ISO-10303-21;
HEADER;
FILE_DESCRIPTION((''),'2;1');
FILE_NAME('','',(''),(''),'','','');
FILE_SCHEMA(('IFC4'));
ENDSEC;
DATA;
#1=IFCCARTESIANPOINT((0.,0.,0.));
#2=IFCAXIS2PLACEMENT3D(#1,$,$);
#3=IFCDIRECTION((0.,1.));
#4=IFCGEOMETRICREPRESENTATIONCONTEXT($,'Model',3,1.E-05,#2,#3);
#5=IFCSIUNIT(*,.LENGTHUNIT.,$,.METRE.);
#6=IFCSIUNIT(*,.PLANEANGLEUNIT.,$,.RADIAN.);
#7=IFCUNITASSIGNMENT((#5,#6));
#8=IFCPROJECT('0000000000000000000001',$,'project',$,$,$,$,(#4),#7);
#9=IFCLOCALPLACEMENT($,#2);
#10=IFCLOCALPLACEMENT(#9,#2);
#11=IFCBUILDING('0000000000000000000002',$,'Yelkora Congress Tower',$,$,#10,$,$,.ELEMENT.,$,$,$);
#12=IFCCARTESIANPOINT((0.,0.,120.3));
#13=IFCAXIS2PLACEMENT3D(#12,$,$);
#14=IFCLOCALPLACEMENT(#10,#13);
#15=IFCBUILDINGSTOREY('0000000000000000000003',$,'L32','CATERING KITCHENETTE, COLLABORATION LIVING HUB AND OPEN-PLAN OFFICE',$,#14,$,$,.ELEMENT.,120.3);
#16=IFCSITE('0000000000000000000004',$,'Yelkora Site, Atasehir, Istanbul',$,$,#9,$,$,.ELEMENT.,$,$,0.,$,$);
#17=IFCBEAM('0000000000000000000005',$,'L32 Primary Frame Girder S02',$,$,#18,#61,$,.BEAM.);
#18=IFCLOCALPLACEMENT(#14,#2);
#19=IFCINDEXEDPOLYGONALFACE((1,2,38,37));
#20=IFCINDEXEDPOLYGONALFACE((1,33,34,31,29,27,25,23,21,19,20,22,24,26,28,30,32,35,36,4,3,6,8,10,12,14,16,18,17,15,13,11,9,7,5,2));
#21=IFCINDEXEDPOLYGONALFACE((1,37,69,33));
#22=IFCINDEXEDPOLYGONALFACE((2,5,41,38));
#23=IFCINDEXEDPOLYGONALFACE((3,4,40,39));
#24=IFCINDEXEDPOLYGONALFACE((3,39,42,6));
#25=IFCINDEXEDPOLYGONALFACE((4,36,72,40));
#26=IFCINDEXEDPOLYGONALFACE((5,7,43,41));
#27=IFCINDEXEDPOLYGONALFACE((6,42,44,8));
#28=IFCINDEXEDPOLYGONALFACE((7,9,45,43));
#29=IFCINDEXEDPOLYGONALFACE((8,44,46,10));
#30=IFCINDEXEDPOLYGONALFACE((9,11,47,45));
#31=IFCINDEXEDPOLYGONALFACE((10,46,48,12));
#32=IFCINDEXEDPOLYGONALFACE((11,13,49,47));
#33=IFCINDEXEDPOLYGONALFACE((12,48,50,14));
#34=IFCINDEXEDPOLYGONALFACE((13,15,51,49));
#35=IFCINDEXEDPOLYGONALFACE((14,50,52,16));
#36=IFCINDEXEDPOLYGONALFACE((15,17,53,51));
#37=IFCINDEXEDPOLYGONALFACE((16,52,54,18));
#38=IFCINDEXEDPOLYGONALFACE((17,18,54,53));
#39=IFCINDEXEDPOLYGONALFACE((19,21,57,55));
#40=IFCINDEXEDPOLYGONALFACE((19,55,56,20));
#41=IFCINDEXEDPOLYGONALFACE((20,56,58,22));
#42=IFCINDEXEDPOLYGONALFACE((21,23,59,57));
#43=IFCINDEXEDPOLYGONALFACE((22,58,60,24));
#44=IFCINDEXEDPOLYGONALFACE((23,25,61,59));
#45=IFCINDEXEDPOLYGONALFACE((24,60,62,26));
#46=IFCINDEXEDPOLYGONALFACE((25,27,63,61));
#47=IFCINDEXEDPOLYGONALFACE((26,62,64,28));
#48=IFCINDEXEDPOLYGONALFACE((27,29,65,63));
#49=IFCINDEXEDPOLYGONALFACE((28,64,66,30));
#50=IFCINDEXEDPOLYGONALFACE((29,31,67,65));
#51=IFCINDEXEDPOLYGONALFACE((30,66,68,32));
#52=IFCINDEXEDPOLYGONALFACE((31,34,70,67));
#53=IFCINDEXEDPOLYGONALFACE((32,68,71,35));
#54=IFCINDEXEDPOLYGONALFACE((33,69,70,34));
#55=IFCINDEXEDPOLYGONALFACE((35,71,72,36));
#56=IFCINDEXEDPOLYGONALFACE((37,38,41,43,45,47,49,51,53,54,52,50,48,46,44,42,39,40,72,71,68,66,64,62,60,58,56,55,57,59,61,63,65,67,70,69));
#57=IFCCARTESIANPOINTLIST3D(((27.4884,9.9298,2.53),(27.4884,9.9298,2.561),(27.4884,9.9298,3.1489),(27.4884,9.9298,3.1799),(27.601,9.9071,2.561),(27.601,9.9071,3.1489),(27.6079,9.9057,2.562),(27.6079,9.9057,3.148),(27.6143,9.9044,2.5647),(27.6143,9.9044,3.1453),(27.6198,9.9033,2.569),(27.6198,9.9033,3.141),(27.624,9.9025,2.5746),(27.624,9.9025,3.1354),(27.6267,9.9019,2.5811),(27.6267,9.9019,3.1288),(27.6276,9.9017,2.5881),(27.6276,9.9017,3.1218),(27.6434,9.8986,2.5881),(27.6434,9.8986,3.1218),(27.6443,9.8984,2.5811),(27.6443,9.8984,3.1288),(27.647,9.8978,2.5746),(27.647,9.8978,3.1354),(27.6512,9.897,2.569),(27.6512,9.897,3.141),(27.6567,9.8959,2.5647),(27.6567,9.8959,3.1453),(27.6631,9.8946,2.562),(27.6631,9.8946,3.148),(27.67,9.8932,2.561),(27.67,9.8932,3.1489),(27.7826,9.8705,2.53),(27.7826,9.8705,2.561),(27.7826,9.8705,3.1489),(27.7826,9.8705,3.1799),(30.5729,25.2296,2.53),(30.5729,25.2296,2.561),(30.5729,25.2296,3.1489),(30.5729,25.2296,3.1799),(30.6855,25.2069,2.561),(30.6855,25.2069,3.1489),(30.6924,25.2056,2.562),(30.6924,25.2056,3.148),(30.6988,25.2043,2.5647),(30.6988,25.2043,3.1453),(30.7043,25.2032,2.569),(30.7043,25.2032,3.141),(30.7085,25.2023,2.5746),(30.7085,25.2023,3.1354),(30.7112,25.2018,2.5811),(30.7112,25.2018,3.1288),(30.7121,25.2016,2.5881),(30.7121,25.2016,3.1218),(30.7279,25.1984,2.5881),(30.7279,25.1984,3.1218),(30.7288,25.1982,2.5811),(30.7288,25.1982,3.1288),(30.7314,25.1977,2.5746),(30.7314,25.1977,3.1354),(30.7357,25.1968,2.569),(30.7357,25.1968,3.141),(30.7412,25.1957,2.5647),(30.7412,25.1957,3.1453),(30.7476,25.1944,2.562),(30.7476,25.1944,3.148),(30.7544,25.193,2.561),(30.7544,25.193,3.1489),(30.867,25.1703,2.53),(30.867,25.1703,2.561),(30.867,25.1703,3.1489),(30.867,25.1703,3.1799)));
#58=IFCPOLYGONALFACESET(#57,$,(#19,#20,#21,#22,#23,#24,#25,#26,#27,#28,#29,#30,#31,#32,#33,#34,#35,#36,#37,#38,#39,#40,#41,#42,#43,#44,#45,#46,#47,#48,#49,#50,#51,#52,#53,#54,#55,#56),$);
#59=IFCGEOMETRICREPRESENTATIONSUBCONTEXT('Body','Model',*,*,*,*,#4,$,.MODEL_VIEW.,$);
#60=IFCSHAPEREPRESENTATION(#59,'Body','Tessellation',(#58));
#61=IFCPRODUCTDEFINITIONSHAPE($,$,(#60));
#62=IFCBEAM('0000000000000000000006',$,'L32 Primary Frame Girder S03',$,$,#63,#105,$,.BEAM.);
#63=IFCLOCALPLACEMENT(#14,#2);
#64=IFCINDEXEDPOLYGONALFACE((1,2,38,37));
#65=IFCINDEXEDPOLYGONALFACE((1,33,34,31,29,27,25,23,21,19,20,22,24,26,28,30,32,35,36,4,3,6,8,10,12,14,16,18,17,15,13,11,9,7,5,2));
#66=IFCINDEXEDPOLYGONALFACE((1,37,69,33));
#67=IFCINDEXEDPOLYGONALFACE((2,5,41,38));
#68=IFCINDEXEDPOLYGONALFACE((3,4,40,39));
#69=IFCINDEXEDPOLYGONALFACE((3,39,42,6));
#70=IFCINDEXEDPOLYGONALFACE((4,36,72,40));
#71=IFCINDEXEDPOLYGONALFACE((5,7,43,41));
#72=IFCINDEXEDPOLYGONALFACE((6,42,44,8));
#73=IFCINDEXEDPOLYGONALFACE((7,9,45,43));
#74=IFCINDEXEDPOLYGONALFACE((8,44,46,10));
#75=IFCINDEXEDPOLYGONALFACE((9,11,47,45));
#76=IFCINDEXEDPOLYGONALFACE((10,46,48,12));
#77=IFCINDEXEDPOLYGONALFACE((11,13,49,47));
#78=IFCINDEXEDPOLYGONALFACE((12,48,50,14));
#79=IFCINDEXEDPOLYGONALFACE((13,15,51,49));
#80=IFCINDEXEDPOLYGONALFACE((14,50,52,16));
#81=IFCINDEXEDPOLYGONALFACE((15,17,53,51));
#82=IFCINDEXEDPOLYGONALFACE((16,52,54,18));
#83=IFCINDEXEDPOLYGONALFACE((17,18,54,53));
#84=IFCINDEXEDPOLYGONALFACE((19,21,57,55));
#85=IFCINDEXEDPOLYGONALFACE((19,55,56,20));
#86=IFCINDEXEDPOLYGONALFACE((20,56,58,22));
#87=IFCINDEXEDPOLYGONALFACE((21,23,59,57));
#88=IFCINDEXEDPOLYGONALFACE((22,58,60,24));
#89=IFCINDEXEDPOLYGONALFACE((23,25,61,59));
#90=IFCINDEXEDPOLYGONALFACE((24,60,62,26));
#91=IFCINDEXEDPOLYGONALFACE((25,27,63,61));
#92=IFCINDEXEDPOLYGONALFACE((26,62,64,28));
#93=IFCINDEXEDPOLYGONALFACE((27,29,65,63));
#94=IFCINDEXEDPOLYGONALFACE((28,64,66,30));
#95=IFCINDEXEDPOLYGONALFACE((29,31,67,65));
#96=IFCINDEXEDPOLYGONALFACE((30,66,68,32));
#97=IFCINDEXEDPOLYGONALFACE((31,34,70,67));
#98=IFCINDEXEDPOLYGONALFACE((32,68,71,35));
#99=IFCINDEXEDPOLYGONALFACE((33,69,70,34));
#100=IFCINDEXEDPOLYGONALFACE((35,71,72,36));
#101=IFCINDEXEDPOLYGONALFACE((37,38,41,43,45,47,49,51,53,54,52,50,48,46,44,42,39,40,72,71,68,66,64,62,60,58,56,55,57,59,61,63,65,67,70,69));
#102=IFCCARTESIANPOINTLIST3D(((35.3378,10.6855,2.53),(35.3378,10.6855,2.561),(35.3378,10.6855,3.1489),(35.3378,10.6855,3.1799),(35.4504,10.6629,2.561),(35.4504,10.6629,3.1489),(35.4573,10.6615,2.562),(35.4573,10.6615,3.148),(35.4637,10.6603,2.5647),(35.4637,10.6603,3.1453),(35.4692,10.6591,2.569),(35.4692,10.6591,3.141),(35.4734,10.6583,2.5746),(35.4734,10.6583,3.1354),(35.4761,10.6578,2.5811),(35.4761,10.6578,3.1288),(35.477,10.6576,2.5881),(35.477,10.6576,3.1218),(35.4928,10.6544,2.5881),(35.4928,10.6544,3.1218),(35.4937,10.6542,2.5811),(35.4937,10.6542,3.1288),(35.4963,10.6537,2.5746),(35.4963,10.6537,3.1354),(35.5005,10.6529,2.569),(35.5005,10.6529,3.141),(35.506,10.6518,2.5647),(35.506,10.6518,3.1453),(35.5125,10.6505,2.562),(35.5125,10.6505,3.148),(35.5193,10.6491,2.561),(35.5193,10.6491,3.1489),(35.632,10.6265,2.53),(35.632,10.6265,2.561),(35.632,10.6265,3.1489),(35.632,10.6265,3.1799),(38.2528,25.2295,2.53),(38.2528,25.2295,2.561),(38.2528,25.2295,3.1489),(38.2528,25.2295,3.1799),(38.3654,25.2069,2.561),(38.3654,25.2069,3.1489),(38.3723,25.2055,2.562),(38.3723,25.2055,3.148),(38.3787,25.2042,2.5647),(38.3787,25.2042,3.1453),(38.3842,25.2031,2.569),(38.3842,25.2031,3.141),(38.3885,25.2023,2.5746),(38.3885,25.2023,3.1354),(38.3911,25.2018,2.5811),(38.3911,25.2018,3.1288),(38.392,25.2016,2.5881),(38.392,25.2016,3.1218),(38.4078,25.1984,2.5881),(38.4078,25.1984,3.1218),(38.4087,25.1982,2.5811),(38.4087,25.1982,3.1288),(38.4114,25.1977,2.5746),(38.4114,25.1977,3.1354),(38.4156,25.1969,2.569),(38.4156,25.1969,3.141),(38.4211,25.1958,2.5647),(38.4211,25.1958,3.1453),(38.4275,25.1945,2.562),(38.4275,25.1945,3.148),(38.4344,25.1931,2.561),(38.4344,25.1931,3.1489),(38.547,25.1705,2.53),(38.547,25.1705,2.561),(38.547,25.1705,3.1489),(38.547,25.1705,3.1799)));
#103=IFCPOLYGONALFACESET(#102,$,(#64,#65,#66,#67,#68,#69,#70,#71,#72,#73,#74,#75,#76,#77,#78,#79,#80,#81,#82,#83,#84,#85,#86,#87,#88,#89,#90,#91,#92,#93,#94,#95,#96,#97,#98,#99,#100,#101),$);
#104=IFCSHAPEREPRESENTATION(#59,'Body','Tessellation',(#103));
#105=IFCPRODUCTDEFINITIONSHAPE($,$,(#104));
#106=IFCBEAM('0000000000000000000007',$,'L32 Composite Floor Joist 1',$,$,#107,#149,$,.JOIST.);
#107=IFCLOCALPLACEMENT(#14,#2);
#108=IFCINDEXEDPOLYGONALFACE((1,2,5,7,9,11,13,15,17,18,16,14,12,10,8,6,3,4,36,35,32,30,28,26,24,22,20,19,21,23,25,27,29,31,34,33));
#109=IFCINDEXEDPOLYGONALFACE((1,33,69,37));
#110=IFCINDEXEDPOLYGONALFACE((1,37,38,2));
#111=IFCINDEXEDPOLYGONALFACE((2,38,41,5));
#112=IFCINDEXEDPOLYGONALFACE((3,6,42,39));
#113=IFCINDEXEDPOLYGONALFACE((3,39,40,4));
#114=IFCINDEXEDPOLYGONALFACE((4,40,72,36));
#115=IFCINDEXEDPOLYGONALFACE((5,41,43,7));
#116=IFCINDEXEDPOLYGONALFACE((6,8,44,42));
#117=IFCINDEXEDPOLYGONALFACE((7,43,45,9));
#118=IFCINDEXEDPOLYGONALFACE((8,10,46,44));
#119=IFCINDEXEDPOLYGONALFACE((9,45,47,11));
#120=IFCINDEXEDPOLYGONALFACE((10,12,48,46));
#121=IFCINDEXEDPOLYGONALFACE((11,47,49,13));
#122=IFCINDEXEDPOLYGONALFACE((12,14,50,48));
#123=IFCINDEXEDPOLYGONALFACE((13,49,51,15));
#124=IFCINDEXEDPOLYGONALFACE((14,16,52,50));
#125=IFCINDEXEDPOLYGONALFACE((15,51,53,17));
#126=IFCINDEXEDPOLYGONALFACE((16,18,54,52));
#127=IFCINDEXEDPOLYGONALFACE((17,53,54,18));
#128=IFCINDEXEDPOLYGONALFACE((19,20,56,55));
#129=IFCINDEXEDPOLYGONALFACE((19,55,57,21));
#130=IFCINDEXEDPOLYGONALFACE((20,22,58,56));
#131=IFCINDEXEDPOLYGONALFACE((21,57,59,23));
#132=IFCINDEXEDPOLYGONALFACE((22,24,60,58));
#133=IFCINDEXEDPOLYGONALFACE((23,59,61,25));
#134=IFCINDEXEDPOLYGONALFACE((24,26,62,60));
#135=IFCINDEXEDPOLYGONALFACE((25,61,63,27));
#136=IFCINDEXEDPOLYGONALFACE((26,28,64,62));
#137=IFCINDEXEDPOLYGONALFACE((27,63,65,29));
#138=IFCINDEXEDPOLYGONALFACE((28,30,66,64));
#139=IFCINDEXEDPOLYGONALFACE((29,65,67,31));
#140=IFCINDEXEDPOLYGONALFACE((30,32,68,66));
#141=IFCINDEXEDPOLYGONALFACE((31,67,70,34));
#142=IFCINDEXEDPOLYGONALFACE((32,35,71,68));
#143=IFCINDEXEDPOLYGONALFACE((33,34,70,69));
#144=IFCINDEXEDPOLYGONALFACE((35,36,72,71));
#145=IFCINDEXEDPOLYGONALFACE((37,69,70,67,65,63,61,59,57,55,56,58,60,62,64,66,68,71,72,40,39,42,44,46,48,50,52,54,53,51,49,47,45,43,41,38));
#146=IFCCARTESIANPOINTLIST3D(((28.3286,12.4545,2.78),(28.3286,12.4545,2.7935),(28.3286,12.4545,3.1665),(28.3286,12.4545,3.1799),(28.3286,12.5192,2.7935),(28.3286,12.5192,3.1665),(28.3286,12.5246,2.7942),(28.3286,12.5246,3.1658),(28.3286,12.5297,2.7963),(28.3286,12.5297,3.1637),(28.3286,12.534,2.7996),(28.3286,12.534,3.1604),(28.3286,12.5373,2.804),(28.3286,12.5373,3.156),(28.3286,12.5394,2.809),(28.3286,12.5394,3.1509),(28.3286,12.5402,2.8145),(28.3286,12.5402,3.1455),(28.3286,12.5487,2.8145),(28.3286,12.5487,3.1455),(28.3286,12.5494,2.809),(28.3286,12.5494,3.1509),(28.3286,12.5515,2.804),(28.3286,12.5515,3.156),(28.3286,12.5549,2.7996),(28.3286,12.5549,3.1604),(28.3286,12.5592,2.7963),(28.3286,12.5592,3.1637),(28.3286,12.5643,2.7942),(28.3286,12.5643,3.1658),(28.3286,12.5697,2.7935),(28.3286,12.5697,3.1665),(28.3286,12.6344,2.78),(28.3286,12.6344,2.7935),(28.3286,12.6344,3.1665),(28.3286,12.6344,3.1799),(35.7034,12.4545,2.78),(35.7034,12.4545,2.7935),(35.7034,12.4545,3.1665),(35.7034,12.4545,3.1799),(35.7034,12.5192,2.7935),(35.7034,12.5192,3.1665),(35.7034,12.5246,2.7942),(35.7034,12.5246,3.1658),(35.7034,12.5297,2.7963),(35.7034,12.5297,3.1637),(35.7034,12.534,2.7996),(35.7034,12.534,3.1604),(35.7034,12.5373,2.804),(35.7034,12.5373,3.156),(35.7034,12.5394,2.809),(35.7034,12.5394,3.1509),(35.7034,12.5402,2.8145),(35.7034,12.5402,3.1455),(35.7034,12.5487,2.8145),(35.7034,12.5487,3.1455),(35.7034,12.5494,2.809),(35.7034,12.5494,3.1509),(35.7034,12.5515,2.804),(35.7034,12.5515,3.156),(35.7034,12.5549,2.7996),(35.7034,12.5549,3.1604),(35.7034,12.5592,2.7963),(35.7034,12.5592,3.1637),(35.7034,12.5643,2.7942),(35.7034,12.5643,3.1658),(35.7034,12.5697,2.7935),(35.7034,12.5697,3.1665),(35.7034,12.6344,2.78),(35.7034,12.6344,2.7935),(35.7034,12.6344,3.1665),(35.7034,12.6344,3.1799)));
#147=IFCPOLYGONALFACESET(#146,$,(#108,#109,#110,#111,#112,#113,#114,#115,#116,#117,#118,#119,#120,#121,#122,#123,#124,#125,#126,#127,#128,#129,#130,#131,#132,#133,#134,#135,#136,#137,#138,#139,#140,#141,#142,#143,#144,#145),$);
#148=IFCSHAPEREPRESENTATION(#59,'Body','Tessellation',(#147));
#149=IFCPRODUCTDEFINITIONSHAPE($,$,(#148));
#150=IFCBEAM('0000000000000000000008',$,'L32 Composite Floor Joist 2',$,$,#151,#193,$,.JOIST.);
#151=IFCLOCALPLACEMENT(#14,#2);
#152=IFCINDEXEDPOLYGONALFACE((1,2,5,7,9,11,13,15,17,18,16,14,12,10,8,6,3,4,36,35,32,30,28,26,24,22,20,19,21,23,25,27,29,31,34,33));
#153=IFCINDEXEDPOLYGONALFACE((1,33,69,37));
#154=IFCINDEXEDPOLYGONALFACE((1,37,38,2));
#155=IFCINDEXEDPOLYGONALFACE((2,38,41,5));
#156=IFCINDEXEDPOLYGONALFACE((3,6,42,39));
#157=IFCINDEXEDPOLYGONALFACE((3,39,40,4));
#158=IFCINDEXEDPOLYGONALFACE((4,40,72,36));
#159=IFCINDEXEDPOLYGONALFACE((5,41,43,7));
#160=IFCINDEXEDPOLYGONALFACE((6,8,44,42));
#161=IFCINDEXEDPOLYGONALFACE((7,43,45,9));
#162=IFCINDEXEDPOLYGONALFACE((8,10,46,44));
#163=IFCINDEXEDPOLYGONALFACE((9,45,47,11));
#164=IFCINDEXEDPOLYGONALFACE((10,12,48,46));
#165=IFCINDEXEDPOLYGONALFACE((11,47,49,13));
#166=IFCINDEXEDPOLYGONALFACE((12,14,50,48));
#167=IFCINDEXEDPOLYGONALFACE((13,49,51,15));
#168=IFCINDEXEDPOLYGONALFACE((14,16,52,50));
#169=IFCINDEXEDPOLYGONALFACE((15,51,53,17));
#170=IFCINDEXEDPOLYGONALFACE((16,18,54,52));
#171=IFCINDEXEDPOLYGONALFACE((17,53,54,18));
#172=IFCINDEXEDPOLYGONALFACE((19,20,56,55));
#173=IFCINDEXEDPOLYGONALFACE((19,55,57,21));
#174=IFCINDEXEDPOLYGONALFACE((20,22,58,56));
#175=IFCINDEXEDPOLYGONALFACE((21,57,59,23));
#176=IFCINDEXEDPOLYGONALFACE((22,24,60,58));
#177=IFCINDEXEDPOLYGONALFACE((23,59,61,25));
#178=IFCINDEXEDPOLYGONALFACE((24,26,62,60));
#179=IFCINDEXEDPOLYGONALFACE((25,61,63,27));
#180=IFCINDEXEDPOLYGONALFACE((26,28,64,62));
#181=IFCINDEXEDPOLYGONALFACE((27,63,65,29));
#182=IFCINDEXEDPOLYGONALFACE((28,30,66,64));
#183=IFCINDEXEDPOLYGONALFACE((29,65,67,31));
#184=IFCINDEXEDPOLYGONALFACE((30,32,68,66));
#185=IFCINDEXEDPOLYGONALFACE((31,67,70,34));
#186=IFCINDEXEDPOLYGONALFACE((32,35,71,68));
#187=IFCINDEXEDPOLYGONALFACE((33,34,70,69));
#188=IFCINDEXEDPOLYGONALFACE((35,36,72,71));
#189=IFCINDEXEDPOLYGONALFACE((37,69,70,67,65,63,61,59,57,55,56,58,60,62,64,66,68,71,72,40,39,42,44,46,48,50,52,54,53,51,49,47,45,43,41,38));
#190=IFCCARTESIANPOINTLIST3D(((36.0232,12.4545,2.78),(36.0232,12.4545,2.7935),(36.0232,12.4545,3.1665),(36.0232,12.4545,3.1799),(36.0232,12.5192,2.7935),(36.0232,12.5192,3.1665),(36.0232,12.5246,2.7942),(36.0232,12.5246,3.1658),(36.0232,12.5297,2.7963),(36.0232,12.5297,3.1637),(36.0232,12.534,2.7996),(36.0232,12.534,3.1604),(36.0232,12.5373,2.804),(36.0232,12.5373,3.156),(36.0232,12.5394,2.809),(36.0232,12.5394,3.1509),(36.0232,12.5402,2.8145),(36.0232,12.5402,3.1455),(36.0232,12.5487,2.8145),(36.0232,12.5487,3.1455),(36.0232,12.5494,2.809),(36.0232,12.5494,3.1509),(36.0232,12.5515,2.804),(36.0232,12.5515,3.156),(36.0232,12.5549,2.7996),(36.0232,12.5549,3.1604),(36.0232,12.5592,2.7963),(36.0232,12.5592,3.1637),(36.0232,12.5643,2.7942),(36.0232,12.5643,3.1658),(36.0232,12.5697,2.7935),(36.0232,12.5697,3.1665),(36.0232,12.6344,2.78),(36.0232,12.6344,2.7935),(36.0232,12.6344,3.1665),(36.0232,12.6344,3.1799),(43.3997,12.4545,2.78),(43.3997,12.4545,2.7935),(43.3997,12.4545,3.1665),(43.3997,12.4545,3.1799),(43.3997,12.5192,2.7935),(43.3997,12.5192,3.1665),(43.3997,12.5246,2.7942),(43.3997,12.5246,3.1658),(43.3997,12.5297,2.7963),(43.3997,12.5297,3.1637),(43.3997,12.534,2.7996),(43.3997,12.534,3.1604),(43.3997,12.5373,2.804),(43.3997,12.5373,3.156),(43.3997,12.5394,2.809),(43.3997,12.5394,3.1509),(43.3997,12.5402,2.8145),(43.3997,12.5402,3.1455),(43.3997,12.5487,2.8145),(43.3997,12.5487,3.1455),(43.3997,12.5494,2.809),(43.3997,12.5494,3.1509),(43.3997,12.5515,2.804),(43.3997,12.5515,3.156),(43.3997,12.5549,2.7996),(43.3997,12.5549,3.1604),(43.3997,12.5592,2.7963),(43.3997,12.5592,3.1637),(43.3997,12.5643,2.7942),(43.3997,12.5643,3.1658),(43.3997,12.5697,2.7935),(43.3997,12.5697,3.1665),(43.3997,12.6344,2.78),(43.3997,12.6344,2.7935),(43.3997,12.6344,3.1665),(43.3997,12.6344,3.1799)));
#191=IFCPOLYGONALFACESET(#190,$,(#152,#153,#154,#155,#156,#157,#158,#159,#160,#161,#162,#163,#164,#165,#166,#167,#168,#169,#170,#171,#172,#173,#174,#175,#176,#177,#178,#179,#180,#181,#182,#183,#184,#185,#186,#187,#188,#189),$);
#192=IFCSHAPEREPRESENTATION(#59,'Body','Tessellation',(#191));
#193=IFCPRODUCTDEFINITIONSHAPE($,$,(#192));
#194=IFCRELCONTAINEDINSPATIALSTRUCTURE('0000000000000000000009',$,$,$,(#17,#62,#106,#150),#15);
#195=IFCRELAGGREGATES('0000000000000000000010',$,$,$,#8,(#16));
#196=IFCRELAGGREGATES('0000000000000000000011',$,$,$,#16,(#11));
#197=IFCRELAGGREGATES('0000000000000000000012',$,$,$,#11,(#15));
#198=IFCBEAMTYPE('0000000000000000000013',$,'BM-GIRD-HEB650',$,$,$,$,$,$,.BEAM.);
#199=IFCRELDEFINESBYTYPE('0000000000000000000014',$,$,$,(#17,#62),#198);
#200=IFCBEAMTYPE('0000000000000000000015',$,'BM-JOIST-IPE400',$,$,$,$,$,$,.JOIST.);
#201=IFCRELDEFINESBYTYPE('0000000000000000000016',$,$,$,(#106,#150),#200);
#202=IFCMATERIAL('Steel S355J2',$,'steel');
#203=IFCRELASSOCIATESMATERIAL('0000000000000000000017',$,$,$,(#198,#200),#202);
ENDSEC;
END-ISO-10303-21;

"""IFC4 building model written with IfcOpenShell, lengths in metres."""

from ifc_helpers import new_model, si_unit, direction, frame, origin, origin_2d, place, context, subcontext, project, spatial, i_section, extrude, material, material_profile, profile_set, type_object, element, save


model = new_model("IFC4")

# Units and contexts
model_context = context("Model", 3, precision=1e-05, world=origin(), true_north=direction((0.0, 1.0)))
body_context = subcontext(model_context, "Body", "Model", "MODEL_VIEW")
ifc_project = project(units=[si_unit("LENGTHUNIT", "METRE"), si_unit("PLANEANGLEUNIT", "RADIAN")], contexts=[model_context])

# Site, building, storey
site_placement = place(None, origin())
site = spatial("IfcSite", under=ifc_project, at=site_placement, Name="Yelkora Site, Atasehir, Istanbul", CompositionType="ELEMENT", RefElevation=0.0)
building_placement = place(site_placement, origin())
building = spatial("IfcBuilding", under=site, at=building_placement, Name="Yelkora Congress Tower", CompositionType="ELEMENT")
storey_placement = place(building_placement, frame((0.0, 0.0, 120.3)))
storey = spatial("IfcBuildingStorey", under=building, at=storey_placement, Name="L32", Description="CATERING KITCHENETTE, COLLABORATION LIVING HUB AND OPEN-PLAN OFFICE", CompositionType="ELEMENT", Elevation=120.3)

# Beams
ifc_material_1 = material(Name="Steel S355J2", Category="steel")
ifc_material_profile_1 = material_profile(ifc_material_1, i_section(OverallWidth=0.3, OverallDepth=0.6499, WebThickness=0.0161, FlangeThickness=0.031, FilletRadius=0.0271, at=origin_2d()), Name="HEB 650")
ifc_profile_set_1 = profile_set([ifc_material_profile_1], Name="Steel S355J2")
beam_type_1 = type_object("IfcBeamType", Name="BM-GIRD-HEB650", PredefinedType="BEAM", material=ifc_profile_set_1)
beam_1_placement = place(storey_placement, frame((27.6355, 9.9001, 2.855), z_axis=(0.197626, 0.980277, 0.0), x_axis=(-0.980277, 0.197626, 0.0)))
element("IfcBeam", 1, at=beam_1_placement, inside=storey, type_object=beam_type_1, Name="L32 Primary Frame Girder S02", PredefinedType="BEAM", context=body_context, shape_type="SweptSolid", body=[
    extrude(i_section(OverallWidth=0.3, OverallDepth=0.6499, WebThickness=0.0161, FlangeThickness=0.031, FilletRadius=0.0271, at=origin_2d()), origin(), (0.0, 0.0, 1.0), 15.6077),
])
beam_2_placement = place(storey_placement, frame((35.4849, 10.656, 2.855), z_axis=(0.196521, 0.9805, 0.0), x_axis=(-0.9805, 0.196521, 0.0)))
element("IfcBeam", 2, at=beam_2_placement, inside=storey, type_object=beam_type_1, Name="L32 Primary Frame Girder S03", PredefinedType="BEAM", context=body_context, shape_type="SweptSolid", body=[
    extrude(i_section(OverallWidth=0.3, OverallDepth=0.6499, WebThickness=0.0161, FlangeThickness=0.031, FilletRadius=0.0271, at=origin_2d()), origin(), (0.0, 0.0, 1.0), 14.8333),
])
ifc_material_profile_2 = material_profile(ifc_material_1, i_section(OverallWidth=0.1799, OverallDepth=0.3999, WebThickness=0.0085, FlangeThickness=0.0134, FilletRadius=0.021, at=origin_2d()), Name="IPE 400")
ifc_profile_set_2 = profile_set([ifc_material_profile_2], Name="Steel S355J2")
beam_type_2 = type_object("IfcBeamType", Name="BM-JOIST-IPE400", PredefinedType="JOIST", material=ifc_profile_set_2)
beam_3_placement = place(storey_placement, frame((28.3286, 12.5444, 2.98), z_axis=(1.0, 0.0, 0.0), x_axis=(0.0, 1.0, 0.0)))
element("IfcBeam", 3, at=beam_3_placement, inside=storey, type_object=beam_type_2, Name="L32 Composite Floor Joist 1", PredefinedType="JOIST", context=body_context, shape_type="SweptSolid", body=[
    extrude(i_section(OverallWidth=0.1799, OverallDepth=0.3999, WebThickness=0.0085, FlangeThickness=0.0134, FilletRadius=0.021, at=origin_2d()), origin(), (0.0, 0.0, 1.0), 7.3748),
])
beam_4_placement = place(storey_placement, frame((36.0232, 12.5444, 2.98), z_axis=(1.0, 0.0, 0.0), x_axis=(0.0, 1.0, 0.0)))
element("IfcBeam", 4, at=beam_4_placement, inside=storey, type_object=beam_type_2, Name="L32 Composite Floor Joist 2", PredefinedType="JOIST", context=body_context, shape_type="SweptSolid", body=[
    extrude(i_section(OverallWidth=0.1799, OverallDepth=0.3999, WebThickness=0.0085, FlangeThickness=0.0134, FilletRadius=0.021, at=origin_2d()), origin(), (0.0, 0.0, 1.0), 7.3765),
])

save(model, "model.ifc")
